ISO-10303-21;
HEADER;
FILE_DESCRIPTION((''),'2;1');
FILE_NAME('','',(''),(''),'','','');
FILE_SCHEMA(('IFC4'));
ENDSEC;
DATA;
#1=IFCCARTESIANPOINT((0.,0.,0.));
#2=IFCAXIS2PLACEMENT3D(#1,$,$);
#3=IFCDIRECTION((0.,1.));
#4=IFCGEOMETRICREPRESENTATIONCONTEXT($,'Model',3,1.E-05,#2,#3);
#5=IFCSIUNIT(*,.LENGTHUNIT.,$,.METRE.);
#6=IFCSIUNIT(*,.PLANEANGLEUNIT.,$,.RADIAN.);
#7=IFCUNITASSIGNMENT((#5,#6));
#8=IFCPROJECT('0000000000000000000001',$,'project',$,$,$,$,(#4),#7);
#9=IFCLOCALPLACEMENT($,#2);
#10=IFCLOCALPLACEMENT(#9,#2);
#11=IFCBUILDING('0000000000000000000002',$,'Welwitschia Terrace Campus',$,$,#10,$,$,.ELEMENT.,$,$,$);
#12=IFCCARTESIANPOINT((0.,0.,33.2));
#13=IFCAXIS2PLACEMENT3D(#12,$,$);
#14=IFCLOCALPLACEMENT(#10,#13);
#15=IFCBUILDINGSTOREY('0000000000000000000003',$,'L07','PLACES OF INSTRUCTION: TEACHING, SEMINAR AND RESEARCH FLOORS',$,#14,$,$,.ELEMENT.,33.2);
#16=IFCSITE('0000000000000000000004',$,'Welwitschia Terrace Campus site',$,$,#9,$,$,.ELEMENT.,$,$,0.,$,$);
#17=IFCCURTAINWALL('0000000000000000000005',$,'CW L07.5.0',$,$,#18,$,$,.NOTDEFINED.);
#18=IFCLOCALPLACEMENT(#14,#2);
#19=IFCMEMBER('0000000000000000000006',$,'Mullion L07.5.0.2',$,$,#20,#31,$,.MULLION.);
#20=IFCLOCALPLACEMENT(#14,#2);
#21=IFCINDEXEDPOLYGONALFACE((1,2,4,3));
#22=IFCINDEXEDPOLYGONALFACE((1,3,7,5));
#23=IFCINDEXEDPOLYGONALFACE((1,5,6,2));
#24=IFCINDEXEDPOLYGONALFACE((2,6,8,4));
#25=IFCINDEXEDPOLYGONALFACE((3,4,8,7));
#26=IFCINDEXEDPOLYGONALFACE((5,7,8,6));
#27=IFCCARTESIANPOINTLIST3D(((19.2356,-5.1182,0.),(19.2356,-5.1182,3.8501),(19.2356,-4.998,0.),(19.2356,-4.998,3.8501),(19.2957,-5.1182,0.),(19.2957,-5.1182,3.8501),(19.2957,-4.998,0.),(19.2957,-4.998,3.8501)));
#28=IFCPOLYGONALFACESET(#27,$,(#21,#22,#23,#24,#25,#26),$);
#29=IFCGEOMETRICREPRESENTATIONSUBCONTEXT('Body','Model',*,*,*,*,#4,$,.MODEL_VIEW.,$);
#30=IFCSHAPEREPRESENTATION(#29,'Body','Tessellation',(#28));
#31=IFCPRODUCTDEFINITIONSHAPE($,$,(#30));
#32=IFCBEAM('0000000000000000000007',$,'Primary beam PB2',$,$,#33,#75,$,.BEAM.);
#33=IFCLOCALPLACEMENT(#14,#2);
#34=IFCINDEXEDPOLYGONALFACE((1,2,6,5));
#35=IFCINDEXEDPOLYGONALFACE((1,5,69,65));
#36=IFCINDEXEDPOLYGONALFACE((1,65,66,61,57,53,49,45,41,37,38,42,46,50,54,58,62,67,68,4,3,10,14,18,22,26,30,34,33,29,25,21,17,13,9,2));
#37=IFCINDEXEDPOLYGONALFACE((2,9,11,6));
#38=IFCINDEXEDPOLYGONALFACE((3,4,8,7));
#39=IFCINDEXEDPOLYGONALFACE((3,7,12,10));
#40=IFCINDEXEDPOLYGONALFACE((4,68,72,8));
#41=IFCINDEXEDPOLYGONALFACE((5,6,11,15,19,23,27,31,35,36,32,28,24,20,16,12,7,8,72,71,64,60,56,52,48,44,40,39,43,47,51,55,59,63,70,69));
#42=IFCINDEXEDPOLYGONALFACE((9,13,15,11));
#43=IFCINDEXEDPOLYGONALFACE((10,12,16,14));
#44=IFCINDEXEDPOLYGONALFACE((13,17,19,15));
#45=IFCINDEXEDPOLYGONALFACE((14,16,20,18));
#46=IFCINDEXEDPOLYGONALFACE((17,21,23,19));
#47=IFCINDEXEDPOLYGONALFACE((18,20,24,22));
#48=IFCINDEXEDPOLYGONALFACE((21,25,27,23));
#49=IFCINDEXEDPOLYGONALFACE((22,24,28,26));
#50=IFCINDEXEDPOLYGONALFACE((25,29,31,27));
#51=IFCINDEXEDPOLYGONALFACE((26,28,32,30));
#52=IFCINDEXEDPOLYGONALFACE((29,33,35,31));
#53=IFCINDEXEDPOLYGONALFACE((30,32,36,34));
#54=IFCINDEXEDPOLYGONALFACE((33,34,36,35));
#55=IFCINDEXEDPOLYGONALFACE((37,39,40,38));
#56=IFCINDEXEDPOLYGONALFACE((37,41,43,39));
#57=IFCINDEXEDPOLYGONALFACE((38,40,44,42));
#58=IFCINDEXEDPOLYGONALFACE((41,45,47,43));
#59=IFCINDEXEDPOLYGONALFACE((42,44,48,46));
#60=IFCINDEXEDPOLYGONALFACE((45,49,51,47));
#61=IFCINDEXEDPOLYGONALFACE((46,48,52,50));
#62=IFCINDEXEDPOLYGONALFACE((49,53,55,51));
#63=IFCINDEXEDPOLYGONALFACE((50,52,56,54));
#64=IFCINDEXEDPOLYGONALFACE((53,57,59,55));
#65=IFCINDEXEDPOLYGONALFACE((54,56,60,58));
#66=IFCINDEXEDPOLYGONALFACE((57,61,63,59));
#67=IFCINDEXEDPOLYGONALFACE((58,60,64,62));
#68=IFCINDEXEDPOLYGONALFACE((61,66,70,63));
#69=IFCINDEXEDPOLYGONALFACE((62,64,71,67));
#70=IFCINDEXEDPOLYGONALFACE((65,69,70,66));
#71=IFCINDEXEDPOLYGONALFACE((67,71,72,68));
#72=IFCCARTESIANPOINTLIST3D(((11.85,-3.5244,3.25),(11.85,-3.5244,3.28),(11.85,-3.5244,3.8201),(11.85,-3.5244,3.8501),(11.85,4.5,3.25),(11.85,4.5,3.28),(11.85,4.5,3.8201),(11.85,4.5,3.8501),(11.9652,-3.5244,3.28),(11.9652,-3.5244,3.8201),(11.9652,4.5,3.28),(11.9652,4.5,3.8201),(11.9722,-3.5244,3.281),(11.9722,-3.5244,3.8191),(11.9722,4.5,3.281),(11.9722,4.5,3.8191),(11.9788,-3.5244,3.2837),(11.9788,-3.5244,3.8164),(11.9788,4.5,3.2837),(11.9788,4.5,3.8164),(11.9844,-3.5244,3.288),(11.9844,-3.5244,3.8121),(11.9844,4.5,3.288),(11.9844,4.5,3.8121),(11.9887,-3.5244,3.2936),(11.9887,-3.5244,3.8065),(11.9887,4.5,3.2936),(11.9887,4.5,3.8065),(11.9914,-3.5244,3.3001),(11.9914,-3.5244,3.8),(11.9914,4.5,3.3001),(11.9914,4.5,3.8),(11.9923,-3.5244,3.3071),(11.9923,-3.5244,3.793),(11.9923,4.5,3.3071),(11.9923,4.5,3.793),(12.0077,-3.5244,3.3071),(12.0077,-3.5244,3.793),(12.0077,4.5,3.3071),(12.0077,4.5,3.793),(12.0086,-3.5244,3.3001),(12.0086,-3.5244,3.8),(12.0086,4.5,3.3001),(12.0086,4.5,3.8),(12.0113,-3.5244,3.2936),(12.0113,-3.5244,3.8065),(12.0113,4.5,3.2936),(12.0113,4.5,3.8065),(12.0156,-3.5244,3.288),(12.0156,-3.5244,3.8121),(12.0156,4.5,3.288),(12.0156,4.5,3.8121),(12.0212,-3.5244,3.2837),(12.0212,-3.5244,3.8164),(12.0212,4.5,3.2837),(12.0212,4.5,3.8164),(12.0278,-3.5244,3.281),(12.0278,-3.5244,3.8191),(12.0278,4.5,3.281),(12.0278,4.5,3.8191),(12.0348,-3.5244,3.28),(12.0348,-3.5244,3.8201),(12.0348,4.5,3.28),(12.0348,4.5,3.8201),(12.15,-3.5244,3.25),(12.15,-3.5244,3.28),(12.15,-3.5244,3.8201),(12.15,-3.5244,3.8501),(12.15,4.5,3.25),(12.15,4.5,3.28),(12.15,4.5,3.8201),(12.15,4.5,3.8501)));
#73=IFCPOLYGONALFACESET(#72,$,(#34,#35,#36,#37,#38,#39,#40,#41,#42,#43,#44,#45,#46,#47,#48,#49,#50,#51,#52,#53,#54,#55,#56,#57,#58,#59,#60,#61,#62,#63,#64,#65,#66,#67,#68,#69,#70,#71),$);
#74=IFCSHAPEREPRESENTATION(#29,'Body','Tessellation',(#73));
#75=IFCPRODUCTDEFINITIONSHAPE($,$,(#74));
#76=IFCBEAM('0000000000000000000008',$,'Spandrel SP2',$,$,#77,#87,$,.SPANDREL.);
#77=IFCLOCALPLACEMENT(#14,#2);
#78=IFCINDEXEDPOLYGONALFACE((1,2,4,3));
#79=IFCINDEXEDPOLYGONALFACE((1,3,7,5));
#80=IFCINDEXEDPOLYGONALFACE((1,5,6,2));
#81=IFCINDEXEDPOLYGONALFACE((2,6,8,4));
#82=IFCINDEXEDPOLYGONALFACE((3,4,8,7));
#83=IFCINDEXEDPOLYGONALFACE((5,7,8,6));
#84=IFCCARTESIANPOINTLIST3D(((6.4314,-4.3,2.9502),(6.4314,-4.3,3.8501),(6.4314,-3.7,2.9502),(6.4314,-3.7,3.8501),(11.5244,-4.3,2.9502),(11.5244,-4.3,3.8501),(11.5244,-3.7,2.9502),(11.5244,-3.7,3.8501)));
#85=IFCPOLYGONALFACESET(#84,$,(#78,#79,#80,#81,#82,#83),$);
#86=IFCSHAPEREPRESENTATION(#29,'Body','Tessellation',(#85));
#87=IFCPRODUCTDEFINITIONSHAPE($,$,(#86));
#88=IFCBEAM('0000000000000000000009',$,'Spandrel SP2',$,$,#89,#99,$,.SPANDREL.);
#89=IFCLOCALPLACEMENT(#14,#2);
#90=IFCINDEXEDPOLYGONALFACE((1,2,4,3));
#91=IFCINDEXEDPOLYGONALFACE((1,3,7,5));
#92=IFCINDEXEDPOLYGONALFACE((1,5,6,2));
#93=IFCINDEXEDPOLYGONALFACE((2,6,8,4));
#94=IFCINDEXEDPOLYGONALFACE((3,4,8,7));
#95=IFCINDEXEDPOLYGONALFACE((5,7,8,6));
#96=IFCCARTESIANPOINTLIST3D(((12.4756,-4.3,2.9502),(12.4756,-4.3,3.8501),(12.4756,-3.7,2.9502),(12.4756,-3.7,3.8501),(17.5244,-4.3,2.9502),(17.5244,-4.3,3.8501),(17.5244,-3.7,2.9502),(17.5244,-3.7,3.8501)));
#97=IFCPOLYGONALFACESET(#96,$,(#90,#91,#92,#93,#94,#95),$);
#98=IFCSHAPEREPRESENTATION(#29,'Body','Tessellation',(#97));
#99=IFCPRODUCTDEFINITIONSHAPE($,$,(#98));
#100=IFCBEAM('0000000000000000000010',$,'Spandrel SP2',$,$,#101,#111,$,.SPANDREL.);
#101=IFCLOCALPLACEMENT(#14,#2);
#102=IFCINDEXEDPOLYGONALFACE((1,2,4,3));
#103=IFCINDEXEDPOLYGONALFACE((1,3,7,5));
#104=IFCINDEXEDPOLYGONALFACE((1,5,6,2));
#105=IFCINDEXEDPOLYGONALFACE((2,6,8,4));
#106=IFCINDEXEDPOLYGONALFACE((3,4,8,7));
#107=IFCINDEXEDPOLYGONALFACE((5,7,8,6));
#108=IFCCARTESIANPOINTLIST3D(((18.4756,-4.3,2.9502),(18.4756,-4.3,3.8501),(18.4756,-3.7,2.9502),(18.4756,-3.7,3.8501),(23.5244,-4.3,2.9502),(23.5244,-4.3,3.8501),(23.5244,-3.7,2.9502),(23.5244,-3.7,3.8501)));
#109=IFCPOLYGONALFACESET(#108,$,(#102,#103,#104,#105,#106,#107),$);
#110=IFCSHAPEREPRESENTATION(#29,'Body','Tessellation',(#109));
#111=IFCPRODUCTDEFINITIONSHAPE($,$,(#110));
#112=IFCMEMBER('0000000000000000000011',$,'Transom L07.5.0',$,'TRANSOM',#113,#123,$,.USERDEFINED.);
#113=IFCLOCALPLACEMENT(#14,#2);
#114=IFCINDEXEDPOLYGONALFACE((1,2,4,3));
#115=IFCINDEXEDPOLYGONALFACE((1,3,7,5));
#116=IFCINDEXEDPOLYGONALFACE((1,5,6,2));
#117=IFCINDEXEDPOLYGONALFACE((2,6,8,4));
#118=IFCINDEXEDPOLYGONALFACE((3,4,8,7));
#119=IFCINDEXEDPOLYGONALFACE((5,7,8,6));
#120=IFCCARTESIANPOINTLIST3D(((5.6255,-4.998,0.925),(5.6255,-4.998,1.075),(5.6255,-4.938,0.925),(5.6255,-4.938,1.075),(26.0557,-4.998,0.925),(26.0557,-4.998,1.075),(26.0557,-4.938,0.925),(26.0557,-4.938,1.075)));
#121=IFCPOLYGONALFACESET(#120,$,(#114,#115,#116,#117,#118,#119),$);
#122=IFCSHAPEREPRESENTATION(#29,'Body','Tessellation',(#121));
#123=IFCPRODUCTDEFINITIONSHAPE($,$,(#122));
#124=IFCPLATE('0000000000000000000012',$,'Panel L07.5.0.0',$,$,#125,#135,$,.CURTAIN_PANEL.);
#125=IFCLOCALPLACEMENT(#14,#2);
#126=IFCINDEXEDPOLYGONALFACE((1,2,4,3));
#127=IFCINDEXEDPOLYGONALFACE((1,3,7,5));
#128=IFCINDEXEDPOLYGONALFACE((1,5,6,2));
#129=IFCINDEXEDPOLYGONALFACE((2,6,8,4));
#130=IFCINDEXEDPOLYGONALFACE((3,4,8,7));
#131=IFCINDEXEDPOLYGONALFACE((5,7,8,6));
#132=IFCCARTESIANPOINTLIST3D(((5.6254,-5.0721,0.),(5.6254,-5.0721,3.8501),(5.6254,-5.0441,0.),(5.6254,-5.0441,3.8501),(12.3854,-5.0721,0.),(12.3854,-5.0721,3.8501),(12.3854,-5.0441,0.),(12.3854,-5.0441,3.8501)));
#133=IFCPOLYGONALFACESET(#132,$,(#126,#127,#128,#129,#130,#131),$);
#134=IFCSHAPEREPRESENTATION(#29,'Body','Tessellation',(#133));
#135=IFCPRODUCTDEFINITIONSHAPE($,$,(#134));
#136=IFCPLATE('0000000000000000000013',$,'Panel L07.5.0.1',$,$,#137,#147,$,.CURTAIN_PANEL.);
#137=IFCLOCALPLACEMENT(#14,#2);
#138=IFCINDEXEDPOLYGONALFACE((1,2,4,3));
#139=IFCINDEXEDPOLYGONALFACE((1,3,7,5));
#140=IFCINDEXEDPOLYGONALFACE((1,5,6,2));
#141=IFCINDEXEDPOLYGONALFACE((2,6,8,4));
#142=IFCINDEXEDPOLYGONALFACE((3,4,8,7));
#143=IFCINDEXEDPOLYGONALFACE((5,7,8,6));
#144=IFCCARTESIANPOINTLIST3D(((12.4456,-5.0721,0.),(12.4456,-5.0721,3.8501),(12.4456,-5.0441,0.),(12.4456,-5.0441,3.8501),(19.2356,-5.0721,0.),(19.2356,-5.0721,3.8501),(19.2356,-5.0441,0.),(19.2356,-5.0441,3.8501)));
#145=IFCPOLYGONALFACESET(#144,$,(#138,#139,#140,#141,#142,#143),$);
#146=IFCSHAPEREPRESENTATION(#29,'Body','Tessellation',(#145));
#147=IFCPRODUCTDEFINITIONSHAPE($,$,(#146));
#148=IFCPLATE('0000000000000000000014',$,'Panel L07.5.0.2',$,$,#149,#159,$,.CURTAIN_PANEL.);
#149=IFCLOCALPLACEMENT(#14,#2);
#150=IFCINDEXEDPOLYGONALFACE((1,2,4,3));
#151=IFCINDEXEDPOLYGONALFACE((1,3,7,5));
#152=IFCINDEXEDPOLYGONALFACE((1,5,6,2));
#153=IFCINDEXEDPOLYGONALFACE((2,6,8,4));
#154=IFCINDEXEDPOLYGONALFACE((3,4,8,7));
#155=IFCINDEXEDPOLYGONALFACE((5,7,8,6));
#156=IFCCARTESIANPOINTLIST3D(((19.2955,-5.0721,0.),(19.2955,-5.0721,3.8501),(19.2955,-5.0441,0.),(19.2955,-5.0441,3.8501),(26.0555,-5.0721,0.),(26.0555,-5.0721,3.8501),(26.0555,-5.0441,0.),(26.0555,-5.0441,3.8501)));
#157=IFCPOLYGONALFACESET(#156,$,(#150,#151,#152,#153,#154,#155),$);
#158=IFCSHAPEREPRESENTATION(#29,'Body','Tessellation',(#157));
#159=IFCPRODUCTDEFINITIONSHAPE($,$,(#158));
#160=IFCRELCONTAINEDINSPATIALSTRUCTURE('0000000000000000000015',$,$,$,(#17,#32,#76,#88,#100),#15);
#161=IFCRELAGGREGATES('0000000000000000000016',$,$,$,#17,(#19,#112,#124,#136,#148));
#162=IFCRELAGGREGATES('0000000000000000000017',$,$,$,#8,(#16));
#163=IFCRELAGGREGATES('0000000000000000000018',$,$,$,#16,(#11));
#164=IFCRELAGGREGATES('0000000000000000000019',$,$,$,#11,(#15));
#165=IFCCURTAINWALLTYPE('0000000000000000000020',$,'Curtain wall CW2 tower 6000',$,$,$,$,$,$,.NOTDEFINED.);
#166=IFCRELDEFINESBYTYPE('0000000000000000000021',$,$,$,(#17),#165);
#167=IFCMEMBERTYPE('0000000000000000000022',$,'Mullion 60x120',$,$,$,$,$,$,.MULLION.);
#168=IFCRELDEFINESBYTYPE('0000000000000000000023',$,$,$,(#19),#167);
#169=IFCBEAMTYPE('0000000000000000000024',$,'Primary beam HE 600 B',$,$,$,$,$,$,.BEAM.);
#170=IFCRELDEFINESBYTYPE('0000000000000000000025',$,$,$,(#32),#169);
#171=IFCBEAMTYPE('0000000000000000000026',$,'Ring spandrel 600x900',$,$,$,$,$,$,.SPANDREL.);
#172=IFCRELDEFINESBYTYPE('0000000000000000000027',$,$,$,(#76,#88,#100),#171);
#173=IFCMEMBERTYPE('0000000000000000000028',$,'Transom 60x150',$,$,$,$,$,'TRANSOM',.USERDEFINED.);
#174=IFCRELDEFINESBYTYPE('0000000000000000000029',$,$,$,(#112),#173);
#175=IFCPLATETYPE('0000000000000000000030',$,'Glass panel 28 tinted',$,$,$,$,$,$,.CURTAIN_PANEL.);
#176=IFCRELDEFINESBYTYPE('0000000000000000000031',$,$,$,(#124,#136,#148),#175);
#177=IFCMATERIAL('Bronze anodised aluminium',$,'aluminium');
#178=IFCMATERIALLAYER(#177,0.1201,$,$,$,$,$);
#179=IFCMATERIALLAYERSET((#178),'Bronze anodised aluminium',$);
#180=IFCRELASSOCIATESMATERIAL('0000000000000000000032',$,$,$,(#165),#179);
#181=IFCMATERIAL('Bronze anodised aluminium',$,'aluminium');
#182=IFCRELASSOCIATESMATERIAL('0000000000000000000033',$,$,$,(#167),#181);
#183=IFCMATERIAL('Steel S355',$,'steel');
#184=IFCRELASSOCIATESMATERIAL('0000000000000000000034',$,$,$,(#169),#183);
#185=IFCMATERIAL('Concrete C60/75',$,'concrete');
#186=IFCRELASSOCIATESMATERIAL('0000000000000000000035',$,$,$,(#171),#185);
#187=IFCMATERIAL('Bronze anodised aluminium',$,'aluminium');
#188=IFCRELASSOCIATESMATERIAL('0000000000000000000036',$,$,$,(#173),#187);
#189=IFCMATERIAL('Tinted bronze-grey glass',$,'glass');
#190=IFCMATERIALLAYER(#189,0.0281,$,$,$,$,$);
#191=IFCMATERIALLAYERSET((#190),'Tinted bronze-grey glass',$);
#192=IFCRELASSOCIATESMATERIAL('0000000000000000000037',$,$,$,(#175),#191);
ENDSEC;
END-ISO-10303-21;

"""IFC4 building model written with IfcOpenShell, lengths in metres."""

from ifc_helpers import new_model, si_unit, direction, frame, origin, origin_2d, place, context, subcontext, project, spatial, rectangle, i_section, extrude, material, layer, layer_set, material_profile, profile_set, type_object, element, aggregate, save


model = new_model("IFC4")

# Units and contexts
model_context = context("Model", 3, precision=1e-05, world=origin(), true_north=direction((0.0, 1.0)))
body_context = subcontext(model_context, "Body", "Model", "MODEL_VIEW")
ifc_project = project(units=[si_unit("LENGTHUNIT", "METRE"), si_unit("PLANEANGLEUNIT", "RADIAN")], contexts=[model_context])

# Site, building, storey
site_placement = place(None, origin())
site = spatial("IfcSite", under=ifc_project, at=site_placement, Name="Welwitschia Terrace Campus site", CompositionType="ELEMENT", RefElevation=0.0)
building_placement = place(site_placement, origin())
building = spatial("IfcBuilding", under=site, at=building_placement, Name="Welwitschia Terrace Campus", CompositionType="ELEMENT")
storey_placement = place(building_placement, frame((0.0, 0.0, 33.2)))
storey = spatial("IfcBuildingStorey", under=building, at=storey_placement, Name="L07", Description="PLACES OF INSTRUCTION: TEACHING, SEMINAR AND RESEARCH FLOORS", CompositionType="ELEMENT", Elevation=33.2)

# Curtain wall, member
ifc_material_1 = material(Name="Bronze anodised aluminium", Category="aluminium")
ifc_layer_1 = layer(ifc_material_1, 0.1201)
ifc_layer_set_1 = layer_set([ifc_layer_1], Name="Bronze anodised aluminium")
curtain_wall_type = type_object("IfcCurtainWallType", Name="Curtain wall CW2 tower 6000", PredefinedType="NOTDEFINED", material=ifc_layer_set_1)
curtain_wall_placement = place(storey_placement, origin())
curtain_wall = element("IfcCurtainWall", 1, at=curtain_wall_placement, inside=storey, type_object=curtain_wall_type, Name="CW L07.5.0", PredefinedType="NOTDEFINED")
ifc_material_2 = material(Name="Bronze anodised aluminium", Category="aluminium")
ifc_material_profile_1 = material_profile(ifc_material_2, rectangle(XDim=0.1201, YDim=0.0601, at=origin_2d()))
ifc_profile_set_1 = profile_set([ifc_material_profile_1], Name="Bronze anodised aluminium")
member_type_1 = type_object("IfcMemberType", Name="Mullion 60x120", PredefinedType="MULLION", material=ifc_profile_set_1)
member_1_placement = place(storey_placement, frame((19.2656, -5.0581, 0.0), z_axis=(0.0, 0.0, 1.0), x_axis=(0.0, 1.0, 0.0)))
member_1 = element("IfcMember", 2, at=member_1_placement, type_object=member_type_1, Name="Mullion L07.5.0.2", PredefinedType="MULLION", context=body_context, shape_type="SweptSolid", body=[
    extrude(rectangle(XDim=0.1201, YDim=0.0601, at=origin_2d()), origin(), (0.0, 0.0, 1.0), 3.8501),
])

# Beams
ifc_material_3 = material(Name="Steel S355", Category="steel")
ifc_material_profile_2 = material_profile(ifc_material_3, i_section(OverallWidth=0.3, OverallDepth=0.6001, WebThickness=0.0154, FlangeThickness=0.03, FilletRadius=0.0271, at=origin_2d()))
ifc_profile_set_2 = profile_set([ifc_material_profile_2], Name="Steel S355")
beam_type_1 = type_object("IfcBeamType", Name="Primary beam HE 600 B", PredefinedType="BEAM", material=ifc_profile_set_2)
beam_1_placement = place(storey_placement, frame((12.0, -3.5244, 3.55), z_axis=(0.0, 1.0, 0.0), x_axis=(-1.0, 0.0, 0.0)))
element("IfcBeam", 3, at=beam_1_placement, inside=storey, type_object=beam_type_1, Name="Primary beam PB2", PredefinedType="BEAM", context=body_context, shape_type="SweptSolid", body=[
    extrude(i_section(OverallWidth=0.3, OverallDepth=0.6001, WebThickness=0.0154, FlangeThickness=0.03, FilletRadius=0.0271, at=origin_2d()), origin(), (0.0, 0.0, 1.0), 8.0244),
])
ifc_material_4 = material(Name="Concrete C60/75", Category="concrete")
ifc_material_profile_3 = material_profile(ifc_material_4, rectangle(XDim=0.6001, YDim=0.8999, at=origin_2d()))
ifc_profile_set_3 = profile_set([ifc_material_profile_3], Name="Concrete C60/75")
beam_type_2 = type_object("IfcBeamType", Name="Ring spandrel 600x900", PredefinedType="SPANDREL", material=ifc_profile_set_3)
beam_2_placement = place(storey_placement, frame((6.4314, -4.0, 3.4001), z_axis=(1.0, 0.0, 0.0), x_axis=(0.0, 1.0, 0.0)))
element("IfcBeam", 4, at=beam_2_placement, inside=storey, type_object=beam_type_2, Name="Spandrel SP2", PredefinedType="SPANDREL", context=body_context, shape_type="SweptSolid", body=[
    extrude(rectangle(XDim=0.6001, YDim=0.8999, at=origin_2d()), origin(), (0.0, 0.0, 1.0), 5.093),
])
for number, where, z_axis, x_axis, name in (
    (5, (12.4756, -4.0, 3.4001), (1.0, 0.0, 0.0), (0.0, 1.0, 0.0), "Spandrel SP2"),
    (6, (18.4756, -4.0, 3.4001), (1.0, 0.0, 0.0), (0.0, 1.0, 0.0), "Spandrel SP2"),
):
    element("IfcBeam", number, at=place(storey_placement, frame(where, z_axis=z_axis, x_axis=x_axis)), inside=storey, type_object=beam_type_2, Name=name, PredefinedType="SPANDREL", context=body_context, shape_type="SweptSolid", body=[
        extrude(rectangle(XDim=0.6001, YDim=0.8999, at=origin_2d()), origin(), (0.0, 0.0, 1.0), 5.0488),
    ])

# Member
ifc_material_5 = material(Name="Bronze anodised aluminium", Category="aluminium")
ifc_material_profile_4 = material_profile(ifc_material_5, rectangle(XDim=0.0601, YDim=0.1499, at=origin_2d()))
ifc_profile_set_4 = profile_set([ifc_material_profile_4], Name="Bronze anodised aluminium")
member_type_2 = type_object("IfcMemberType", Name="Transom 60x150", ElementType="TRANSOM", PredefinedType="USERDEFINED", material=ifc_profile_set_4)
member_2_placement = place(storey_placement, frame((5.6255, -4.968, 1.0), z_axis=(1.0, 0.0, 0.0), x_axis=(0.0, 1.0, 0.0)))
member_2 = element("IfcMember", 7, at=member_2_placement, type_object=member_type_2, Name="Transom L07.5.0", ObjectType="TRANSOM", PredefinedType="USERDEFINED", context=body_context, shape_type="SweptSolid", body=[
    extrude(rectangle(XDim=0.0601, YDim=0.1499, at=origin_2d()), origin(), (0.0, 0.0, 1.0), 20.4302),
])

# Plates
ifc_material_6 = material(Name="Tinted bronze-grey glass", Category="glass")
ifc_layer_2 = layer(ifc_material_6, 0.0281)
ifc_layer_set_2 = layer_set([ifc_layer_2], Name="Tinted bronze-grey glass")
plate_type = type_object("IfcPlateType", Name="Glass panel 28 tinted", PredefinedType="CURTAIN_PANEL", material=ifc_layer_set_2)
plate_1_placement = place(storey_placement, frame((9.0054, -5.0581, 0.0), z_axis=(0.0, 0.0, 1.0), x_axis=(1.0, 0.0, 0.0)))
plate_1 = element("IfcPlate", 8, at=plate_1_placement, type_object=plate_type, Name="Panel L07.5.0.0", PredefinedType="CURTAIN_PANEL", context=body_context, shape_type="SweptSolid", body=[
    extrude(rectangle(XDim=6.76, YDim=0.0281, at=origin_2d()), origin(), (0.0, 0.0, 1.0), 3.8501),
])
plate_2_placement = place(storey_placement, frame((15.8406, -5.0581, 0.0), z_axis=(0.0, 0.0, 1.0), x_axis=(1.0, 0.0, 0.0)))
plate_2 = element("IfcPlate", 9, at=plate_2_placement, type_object=plate_type, Name="Panel L07.5.0.1", PredefinedType="CURTAIN_PANEL", context=body_context, shape_type="SweptSolid", body=[
    extrude(rectangle(XDim=6.79, YDim=0.0281, at=origin_2d()), origin(), (0.0, 0.0, 1.0), 3.8501),
])
plate_3_placement = place(storey_placement, frame((22.6755, -5.0581, 0.0), z_axis=(0.0, 0.0, 1.0), x_axis=(1.0, 0.0, 0.0)))
plate_3 = element("IfcPlate", 10, at=plate_3_placement, type_object=plate_type, Name="Panel L07.5.0.2", PredefinedType="CURTAIN_PANEL", context=body_context, shape_type="SweptSolid", body=[
    extrude(rectangle(XDim=6.76, YDim=0.0281, at=origin_2d()), origin(), (0.0, 0.0, 1.0), 3.8501),
])
aggregate(curtain_wall, [member_1, member_2, plate_1, plate_2, plate_3])

save(model, "model.ifc")
